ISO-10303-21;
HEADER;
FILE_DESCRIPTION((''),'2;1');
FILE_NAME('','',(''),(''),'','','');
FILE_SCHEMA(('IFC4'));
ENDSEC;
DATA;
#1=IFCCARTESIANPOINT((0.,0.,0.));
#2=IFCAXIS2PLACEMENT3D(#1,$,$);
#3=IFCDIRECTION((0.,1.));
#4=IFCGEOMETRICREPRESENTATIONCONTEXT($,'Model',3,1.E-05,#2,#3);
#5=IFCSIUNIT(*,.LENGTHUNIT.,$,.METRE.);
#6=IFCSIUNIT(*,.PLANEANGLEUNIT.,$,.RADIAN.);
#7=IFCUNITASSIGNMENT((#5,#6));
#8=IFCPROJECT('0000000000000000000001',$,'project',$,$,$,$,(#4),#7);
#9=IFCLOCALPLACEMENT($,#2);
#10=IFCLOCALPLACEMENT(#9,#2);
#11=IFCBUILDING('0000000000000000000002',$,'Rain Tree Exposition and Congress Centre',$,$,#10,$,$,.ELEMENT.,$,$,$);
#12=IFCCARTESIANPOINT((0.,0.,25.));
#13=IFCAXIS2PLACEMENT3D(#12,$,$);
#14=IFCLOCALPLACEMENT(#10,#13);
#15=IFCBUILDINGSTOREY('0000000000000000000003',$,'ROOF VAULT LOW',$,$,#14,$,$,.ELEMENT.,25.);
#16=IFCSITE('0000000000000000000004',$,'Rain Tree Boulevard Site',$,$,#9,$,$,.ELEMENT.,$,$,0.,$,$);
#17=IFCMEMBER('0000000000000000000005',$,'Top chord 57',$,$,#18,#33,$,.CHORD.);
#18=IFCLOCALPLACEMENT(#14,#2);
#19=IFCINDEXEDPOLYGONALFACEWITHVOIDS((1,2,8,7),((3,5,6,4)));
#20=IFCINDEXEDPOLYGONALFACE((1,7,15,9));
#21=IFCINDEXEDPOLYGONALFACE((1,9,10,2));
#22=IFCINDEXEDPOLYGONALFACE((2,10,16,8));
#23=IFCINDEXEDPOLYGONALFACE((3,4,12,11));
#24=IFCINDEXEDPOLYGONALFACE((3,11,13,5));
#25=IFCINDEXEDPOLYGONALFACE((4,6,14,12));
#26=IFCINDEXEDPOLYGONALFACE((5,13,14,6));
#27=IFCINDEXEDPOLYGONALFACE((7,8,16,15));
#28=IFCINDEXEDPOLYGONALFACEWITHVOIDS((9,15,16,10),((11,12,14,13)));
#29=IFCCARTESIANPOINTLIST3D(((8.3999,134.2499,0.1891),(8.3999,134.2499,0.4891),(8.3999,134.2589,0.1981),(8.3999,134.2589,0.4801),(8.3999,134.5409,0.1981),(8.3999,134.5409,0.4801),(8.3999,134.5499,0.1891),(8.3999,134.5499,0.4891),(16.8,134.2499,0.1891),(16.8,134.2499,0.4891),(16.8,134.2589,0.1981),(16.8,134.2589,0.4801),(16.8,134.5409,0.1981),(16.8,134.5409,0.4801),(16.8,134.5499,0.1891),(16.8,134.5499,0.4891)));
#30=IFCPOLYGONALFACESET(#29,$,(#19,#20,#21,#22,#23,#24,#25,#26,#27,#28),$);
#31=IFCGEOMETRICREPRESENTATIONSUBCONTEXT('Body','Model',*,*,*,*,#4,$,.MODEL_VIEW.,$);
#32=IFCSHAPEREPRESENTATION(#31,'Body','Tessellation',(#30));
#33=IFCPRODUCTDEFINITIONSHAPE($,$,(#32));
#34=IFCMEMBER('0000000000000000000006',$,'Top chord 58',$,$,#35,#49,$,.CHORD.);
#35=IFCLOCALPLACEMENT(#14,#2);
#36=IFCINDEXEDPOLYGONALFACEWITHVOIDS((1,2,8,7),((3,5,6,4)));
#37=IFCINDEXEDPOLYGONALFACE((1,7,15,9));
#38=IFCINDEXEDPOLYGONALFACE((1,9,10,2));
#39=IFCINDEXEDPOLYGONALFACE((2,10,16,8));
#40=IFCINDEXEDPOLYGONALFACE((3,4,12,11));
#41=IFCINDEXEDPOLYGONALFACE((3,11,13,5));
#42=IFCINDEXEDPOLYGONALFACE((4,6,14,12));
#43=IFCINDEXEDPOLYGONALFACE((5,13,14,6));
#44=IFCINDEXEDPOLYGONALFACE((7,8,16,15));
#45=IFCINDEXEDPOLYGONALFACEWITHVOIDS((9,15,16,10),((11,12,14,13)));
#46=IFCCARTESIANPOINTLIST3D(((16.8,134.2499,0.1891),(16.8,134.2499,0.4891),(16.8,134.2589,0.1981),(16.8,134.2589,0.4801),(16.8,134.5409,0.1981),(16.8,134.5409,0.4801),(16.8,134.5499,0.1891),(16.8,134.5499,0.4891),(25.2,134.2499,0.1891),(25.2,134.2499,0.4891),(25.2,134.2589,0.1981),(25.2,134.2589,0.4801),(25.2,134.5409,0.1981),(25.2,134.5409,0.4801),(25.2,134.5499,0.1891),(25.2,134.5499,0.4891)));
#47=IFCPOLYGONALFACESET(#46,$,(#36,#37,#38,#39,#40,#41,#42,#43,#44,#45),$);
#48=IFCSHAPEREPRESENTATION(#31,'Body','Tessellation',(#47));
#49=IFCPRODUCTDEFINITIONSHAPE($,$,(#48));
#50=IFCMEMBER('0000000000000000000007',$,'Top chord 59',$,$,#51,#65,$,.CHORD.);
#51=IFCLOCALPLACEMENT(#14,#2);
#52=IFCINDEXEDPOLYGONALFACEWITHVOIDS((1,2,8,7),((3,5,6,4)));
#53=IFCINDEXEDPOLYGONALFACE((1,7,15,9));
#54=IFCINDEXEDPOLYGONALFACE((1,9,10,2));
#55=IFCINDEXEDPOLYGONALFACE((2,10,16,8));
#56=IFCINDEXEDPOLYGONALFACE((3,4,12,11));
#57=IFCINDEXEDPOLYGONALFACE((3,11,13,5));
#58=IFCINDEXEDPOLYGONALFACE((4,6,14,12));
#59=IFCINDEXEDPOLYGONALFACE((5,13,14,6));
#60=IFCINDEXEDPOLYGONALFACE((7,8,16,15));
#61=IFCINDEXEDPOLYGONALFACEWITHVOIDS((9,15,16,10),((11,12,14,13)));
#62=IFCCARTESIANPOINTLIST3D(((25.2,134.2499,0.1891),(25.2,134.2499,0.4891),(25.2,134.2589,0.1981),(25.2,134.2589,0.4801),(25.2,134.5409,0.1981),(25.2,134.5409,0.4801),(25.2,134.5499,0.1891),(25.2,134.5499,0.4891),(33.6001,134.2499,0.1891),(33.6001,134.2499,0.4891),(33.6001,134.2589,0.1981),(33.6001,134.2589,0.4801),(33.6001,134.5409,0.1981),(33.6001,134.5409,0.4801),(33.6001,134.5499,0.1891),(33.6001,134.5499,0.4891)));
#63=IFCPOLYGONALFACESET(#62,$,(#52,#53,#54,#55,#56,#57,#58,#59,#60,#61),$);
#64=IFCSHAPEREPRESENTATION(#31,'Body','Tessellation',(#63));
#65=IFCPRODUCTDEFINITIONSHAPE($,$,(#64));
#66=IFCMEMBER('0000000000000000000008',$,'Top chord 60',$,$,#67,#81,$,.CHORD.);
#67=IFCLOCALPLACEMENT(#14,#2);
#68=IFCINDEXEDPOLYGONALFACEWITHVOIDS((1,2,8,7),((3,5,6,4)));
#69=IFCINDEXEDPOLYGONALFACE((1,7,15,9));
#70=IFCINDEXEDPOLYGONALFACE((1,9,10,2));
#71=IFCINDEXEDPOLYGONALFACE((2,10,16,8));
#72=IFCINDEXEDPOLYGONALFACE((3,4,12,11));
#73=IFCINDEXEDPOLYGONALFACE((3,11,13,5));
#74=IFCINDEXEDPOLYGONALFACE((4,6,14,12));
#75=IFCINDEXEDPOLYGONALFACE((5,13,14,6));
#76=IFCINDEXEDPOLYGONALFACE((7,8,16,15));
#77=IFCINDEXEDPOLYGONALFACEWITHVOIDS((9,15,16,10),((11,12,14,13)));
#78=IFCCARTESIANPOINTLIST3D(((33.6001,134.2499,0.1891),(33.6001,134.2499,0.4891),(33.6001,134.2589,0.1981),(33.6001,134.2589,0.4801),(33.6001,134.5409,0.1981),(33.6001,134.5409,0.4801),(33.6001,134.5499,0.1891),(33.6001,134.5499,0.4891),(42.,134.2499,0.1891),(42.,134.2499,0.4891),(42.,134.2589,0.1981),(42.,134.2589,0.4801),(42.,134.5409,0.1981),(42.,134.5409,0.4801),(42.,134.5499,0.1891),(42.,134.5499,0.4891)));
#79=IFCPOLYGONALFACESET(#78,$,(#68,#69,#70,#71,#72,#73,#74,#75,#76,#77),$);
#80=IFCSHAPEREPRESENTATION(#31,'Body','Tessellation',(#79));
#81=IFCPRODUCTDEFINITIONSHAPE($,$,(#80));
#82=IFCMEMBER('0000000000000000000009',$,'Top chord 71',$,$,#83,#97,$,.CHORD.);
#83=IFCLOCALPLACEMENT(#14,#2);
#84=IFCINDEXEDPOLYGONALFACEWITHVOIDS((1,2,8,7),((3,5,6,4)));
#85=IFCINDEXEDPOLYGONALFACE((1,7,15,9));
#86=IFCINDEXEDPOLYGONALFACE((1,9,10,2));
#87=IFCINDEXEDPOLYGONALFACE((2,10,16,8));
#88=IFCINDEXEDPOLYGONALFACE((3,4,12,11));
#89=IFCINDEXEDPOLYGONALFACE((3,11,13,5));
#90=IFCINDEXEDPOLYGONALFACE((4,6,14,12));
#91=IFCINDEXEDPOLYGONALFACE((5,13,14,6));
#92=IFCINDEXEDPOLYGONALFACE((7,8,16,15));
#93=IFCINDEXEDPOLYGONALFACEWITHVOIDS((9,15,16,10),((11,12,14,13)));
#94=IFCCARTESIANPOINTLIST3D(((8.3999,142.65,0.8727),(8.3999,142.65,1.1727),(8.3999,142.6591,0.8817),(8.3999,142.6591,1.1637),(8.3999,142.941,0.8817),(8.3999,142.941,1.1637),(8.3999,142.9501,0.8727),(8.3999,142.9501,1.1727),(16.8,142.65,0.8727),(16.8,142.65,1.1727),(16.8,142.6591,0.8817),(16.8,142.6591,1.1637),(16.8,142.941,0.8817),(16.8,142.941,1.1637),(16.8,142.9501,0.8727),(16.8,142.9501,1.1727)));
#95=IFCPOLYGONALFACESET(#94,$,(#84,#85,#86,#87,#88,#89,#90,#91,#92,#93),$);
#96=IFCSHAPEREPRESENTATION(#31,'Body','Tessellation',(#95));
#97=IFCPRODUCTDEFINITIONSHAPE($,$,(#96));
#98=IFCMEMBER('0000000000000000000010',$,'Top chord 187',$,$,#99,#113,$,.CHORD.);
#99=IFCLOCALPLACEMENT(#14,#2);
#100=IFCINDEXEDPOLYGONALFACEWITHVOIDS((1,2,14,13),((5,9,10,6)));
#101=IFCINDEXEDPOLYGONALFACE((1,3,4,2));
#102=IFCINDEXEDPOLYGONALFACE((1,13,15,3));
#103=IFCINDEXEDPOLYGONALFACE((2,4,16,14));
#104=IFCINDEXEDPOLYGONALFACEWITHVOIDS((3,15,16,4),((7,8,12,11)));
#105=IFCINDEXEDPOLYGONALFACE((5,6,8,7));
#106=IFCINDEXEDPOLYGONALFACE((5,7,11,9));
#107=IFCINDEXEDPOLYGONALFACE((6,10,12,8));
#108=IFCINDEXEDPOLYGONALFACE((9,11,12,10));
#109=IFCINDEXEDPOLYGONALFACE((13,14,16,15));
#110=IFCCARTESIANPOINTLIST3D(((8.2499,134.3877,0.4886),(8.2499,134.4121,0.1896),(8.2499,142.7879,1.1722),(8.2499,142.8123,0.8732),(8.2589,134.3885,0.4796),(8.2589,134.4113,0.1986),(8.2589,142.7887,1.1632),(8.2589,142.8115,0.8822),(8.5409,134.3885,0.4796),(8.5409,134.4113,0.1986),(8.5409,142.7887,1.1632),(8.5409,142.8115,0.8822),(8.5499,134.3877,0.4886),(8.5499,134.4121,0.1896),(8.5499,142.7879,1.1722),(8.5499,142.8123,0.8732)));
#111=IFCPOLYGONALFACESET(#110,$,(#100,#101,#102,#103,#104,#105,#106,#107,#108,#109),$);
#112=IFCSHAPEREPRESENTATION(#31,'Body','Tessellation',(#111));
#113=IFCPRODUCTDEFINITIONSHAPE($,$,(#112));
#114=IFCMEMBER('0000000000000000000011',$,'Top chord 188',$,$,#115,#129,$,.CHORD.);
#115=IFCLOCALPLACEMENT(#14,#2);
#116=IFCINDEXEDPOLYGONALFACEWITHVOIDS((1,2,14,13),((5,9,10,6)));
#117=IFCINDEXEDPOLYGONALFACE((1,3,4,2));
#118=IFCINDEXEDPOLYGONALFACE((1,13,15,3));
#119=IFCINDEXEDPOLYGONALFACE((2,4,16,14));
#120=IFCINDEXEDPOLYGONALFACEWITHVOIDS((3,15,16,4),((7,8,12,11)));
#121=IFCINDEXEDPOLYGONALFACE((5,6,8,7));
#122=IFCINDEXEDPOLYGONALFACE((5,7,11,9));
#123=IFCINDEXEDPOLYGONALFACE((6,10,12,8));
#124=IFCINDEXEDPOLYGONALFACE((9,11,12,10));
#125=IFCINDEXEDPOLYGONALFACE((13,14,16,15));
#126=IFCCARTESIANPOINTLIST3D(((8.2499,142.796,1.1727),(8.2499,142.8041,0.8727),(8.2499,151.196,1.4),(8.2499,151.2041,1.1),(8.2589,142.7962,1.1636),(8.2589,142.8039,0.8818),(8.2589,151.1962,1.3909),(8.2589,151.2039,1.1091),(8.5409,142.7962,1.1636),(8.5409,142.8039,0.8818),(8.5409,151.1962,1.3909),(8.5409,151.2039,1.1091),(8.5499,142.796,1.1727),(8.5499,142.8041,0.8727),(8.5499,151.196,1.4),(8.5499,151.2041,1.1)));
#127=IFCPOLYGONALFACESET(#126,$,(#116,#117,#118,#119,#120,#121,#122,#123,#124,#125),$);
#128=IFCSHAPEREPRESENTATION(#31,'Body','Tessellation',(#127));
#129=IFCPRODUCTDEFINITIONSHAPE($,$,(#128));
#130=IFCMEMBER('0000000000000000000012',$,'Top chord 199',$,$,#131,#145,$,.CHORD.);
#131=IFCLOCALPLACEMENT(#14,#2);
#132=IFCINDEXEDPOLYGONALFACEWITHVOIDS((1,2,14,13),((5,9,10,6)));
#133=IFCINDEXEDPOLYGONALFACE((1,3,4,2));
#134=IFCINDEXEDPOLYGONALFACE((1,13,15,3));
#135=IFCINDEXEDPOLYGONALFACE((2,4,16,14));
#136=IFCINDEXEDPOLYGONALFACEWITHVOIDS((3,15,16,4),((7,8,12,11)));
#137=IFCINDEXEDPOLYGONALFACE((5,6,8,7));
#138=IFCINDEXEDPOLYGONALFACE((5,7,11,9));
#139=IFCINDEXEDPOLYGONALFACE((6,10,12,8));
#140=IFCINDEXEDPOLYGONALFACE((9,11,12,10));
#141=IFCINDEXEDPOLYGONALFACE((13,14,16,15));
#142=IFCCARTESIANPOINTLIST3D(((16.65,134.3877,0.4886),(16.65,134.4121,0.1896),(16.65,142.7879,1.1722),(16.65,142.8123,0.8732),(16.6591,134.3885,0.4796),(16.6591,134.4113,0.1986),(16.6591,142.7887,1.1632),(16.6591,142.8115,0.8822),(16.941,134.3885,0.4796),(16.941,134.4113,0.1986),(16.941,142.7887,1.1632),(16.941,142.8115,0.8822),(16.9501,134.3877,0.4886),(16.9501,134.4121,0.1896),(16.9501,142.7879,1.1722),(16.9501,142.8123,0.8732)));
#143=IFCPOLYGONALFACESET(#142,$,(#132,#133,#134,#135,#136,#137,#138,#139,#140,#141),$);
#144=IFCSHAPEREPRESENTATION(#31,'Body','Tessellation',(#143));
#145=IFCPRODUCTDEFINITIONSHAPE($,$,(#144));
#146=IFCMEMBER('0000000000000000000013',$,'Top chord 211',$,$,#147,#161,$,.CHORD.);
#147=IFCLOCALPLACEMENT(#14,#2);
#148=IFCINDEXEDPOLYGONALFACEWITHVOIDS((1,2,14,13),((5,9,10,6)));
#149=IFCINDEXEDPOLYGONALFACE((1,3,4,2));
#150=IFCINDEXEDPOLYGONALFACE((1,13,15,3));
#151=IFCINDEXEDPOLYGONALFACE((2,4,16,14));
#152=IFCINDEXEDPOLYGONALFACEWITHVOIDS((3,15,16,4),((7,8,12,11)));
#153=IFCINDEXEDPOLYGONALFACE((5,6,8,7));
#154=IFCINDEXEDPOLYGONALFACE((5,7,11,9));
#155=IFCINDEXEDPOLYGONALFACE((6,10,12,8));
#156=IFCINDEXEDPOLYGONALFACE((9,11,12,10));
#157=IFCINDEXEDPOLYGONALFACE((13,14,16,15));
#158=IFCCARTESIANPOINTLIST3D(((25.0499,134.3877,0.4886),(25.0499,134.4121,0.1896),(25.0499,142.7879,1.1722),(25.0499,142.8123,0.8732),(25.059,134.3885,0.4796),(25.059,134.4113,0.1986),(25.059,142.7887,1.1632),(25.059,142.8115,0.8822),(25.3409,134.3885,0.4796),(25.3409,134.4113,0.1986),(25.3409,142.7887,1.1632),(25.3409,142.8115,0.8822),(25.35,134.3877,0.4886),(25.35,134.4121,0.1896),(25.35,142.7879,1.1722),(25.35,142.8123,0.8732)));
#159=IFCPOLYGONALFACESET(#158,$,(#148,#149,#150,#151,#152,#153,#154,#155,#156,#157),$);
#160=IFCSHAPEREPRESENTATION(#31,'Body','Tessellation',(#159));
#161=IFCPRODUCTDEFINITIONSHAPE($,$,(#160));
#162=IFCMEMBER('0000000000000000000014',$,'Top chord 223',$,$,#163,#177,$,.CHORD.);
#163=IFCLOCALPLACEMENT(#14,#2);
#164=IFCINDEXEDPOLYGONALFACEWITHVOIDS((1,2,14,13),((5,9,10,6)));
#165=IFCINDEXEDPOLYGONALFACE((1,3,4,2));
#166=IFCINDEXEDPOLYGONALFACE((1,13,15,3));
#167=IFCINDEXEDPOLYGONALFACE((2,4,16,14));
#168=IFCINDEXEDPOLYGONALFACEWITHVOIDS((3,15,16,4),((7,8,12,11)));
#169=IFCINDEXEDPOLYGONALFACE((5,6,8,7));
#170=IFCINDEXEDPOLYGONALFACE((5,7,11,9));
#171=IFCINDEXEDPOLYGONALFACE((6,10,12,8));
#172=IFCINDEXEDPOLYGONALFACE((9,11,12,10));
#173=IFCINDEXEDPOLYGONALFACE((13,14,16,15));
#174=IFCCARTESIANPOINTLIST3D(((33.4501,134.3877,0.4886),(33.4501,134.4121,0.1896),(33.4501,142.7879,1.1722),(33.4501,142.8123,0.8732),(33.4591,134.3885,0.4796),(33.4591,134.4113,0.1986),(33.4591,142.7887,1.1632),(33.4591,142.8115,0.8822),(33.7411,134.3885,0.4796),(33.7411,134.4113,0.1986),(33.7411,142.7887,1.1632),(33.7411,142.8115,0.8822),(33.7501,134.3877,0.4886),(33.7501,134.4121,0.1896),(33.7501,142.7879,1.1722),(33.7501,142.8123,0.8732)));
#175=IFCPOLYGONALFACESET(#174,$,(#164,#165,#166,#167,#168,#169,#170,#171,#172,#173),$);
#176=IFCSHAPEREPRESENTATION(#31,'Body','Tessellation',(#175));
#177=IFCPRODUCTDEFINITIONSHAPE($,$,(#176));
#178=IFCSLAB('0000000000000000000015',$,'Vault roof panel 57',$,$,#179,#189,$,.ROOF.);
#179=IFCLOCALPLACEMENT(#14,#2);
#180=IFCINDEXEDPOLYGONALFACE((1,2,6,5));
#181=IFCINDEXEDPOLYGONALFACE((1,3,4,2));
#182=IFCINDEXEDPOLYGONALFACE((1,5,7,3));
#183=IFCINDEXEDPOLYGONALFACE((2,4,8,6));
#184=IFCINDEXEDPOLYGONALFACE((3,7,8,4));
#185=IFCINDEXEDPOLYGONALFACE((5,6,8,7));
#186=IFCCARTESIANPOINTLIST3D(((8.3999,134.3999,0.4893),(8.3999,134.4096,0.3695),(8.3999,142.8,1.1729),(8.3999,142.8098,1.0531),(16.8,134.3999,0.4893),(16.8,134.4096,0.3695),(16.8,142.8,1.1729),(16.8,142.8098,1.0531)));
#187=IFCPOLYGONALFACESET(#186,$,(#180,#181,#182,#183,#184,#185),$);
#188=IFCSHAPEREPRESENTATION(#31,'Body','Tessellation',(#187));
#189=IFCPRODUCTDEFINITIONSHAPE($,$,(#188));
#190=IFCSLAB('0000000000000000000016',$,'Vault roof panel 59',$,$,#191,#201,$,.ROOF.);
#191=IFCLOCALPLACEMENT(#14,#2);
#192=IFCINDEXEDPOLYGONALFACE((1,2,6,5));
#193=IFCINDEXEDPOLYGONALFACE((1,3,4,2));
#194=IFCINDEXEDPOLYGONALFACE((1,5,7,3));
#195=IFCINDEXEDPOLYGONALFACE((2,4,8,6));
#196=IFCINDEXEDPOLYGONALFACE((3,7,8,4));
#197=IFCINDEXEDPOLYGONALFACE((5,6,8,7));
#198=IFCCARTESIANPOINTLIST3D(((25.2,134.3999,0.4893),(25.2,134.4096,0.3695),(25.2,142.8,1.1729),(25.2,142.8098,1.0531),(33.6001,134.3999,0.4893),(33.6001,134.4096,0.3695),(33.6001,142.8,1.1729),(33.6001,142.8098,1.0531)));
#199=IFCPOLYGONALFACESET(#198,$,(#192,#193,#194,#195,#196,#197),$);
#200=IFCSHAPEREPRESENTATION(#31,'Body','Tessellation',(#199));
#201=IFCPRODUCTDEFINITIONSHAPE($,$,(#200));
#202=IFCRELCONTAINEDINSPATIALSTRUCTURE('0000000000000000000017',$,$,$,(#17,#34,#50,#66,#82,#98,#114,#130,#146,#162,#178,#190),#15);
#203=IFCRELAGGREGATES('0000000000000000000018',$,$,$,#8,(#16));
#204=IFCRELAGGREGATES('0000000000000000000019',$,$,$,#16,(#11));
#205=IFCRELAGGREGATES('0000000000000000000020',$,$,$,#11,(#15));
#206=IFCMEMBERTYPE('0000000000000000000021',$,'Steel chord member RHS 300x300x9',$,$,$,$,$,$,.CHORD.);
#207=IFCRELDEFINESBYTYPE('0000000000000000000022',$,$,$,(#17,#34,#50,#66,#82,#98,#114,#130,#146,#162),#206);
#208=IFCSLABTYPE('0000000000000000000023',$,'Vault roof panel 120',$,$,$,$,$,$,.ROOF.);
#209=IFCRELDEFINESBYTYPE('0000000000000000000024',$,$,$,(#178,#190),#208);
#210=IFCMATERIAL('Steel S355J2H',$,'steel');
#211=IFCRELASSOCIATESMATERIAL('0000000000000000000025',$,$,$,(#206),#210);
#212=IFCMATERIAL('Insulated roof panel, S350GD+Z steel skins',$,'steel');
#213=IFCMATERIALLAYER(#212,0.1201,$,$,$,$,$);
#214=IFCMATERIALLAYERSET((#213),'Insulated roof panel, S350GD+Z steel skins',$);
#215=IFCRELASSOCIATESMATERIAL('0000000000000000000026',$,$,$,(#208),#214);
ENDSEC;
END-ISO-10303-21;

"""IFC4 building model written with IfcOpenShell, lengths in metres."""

from ifc_helpers import new_model, si_unit, direction, frame, origin, origin_2d, place, context, subcontext, project, spatial, polyline, hollow_rectangle, outline, extrude, material, layer, layer_set, material_profile, profile_set, type_object, element, save


model = new_model("IFC4")

# Units and contexts
model_context = context("Model", 3, precision=1e-05, world=origin(), true_north=direction((0.0, 1.0)))
body_context = subcontext(model_context, "Body", "Model", "MODEL_VIEW")
ifc_project = project(units=[si_unit("LENGTHUNIT", "METRE"), si_unit("PLANEANGLEUNIT", "RADIAN")], contexts=[model_context])

# Site, building, storey
site_placement = place(None, origin())
site = spatial("IfcSite", under=ifc_project, at=site_placement, Name="Rain Tree Boulevard Site", CompositionType="ELEMENT", RefElevation=0.0)
building_placement = place(site_placement, origin())
building = spatial("IfcBuilding", under=site, at=building_placement, Name="Rain Tree Exposition and Congress Centre", CompositionType="ELEMENT")
storey_placement = place(building_placement, frame((0.0, 0.0, 25.0)))
storey = spatial("IfcBuildingStorey", under=building, at=storey_placement, Name="ROOF VAULT LOW", CompositionType="ELEMENT", Elevation=25.0)

# Members
ifc_material_1 = material(Name="Steel S355J2H", Category="steel")
ifc_material_profile_1 = material_profile(ifc_material_1, hollow_rectangle(XDim=0.3, YDim=0.3, WallThickness=0.009, at=origin_2d()), Name="RHS 300x300x9")
ifc_profile_set_1 = profile_set([ifc_material_profile_1], Name="Steel S355J2H")
member_type = type_object("IfcMemberType", Name="Steel chord member RHS 300x300x9", PredefinedType="CHORD", material=ifc_profile_set_1)
member_1_placement = place(storey_placement, frame((8.3999, 134.3999, 0.3391), z_axis=(1.0, 0.0, 0.0), x_axis=(0.0, 1.0, 0.0)))
element("IfcMember", 1, at=member_1_placement, inside=storey, type_object=member_type, Name="Top chord 57", PredefinedType="CHORD", context=body_context, shape_type="SweptSolid", body=[
    extrude(hollow_rectangle(XDim=0.3, YDim=0.3, WallThickness=0.009, at=origin_2d()), origin(), (0.0, 0.0, 1.0), 8.4001),
])
member_2_placement = place(storey_placement, frame((16.8, 134.3999, 0.3391), z_axis=(1.0, 0.0, 0.0), x_axis=(0.0, 1.0, 0.0)))
element("IfcMember", 2, at=member_2_placement, inside=storey, type_object=member_type, Name="Top chord 58", PredefinedType="CHORD", context=body_context, shape_type="SweptSolid", body=[
    extrude(hollow_rectangle(XDim=0.3, YDim=0.3, WallThickness=0.009, at=origin_2d()), origin(), (0.0, 0.0, 1.0), 8.3999),
])
member_3_placement = place(storey_placement, frame((25.2, 134.3999, 0.3391), z_axis=(1.0, 0.0, 0.0), x_axis=(0.0, 1.0, 0.0)))
element("IfcMember", 3, at=member_3_placement, inside=storey, type_object=member_type, Name="Top chord 59", PredefinedType="CHORD", context=body_context, shape_type="SweptSolid", body=[
    extrude(hollow_rectangle(XDim=0.3, YDim=0.3, WallThickness=0.009, at=origin_2d()), origin(), (0.0, 0.0, 1.0), 8.4001),
])
member_4_placement = place(storey_placement, frame((33.6001, 134.3999, 0.3391), z_axis=(1.0, 0.0, 0.0), x_axis=(0.0, 1.0, 0.0)))
element("IfcMember", 4, at=member_4_placement, inside=storey, type_object=member_type, Name="Top chord 60", PredefinedType="CHORD", context=body_context, shape_type="SweptSolid", body=[
    extrude(hollow_rectangle(XDim=0.3, YDim=0.3, WallThickness=0.009, at=origin_2d()), origin(), (0.0, 0.0, 1.0), 8.3999),
])
member_5_placement = place(storey_placement, frame((8.3999, 142.8, 1.0227), z_axis=(1.0, 0.0, 0.0), x_axis=(0.0, 1.0, 0.0)))
element("IfcMember", 5, at=member_5_placement, inside=storey, type_object=member_type, Name="Top chord 71", PredefinedType="CHORD", context=body_context, shape_type="SweptSolid", body=[
    extrude(hollow_rectangle(XDim=0.3, YDim=0.3, WallThickness=0.009, at=origin_2d()), origin(), (0.0, 0.0, 1.0), 8.4001),
])
member_6_placement = place(storey_placement, frame((8.3999, 134.3999, 0.3391), z_axis=(0.0, 0.996705, 0.081111), x_axis=(-1.0, 0.0, 0.0)))
element("IfcMember", 6, at=member_6_placement, inside=storey, type_object=member_type, Name="Top chord 187", PredefinedType="CHORD", context=body_context, shape_type="SweptSolid", body=[
    extrude(hollow_rectangle(XDim=0.3, YDim=0.3, WallThickness=0.009, at=origin_2d()), origin(), (0.0, 0.0, 1.0), 8.428),
])
member_7_placement = place(storey_placement, frame((8.3999, 142.8, 1.0227), z_axis=(0.0, 0.999634, 0.027049), x_axis=(-1.0, 0.0, 0.0)))
element("IfcMember", 7, at=member_7_placement, inside=storey, type_object=member_type, Name="Top chord 188", PredefinedType="CHORD", context=body_context, shape_type="SweptSolid", body=[
    extrude(hollow_rectangle(XDim=0.3, YDim=0.3, WallThickness=0.009, at=origin_2d()), origin(), (0.0, 0.0, 1.0), 8.4031),
])
for number, where, z_axis, x_axis, name in (
    (8, (16.8, 134.3999, 0.3391), (0.0, 0.996705, 0.081111), (-1.0, 0.0, 0.0), "Top chord 199"),
    (9, (25.2, 134.3999, 0.3391), (0.0, 0.996705, 0.081111), (-1.0, 0.0, 0.0), "Top chord 211"),
    (10, (33.6001, 134.3999, 0.3391), (0.0, 0.996705, 0.081111), (-1.0, 0.0, 0.0), "Top chord 223"),
):
    element("IfcMember", number, at=place(storey_placement, frame(where, z_axis=z_axis, x_axis=x_axis)), inside=storey, type_object=member_type, Name=name, PredefinedType="CHORD", context=body_context, shape_type="SweptSolid", body=[
        extrude(hollow_rectangle(XDim=0.3, YDim=0.3, WallThickness=0.009, at=origin_2d()), origin(), (0.0, 0.0, 1.0), 8.428),
    ])

# Slabs
ifc_material_2 = material(Name="Insulated roof panel, S350GD+Z steel skins", Category="steel")
ifc_layer_1 = layer(ifc_material_2, 0.1201)
ifc_layer_set_1 = layer_set([ifc_layer_1], Name="Insulated roof panel, S350GD+Z steel skins")
slab_type_1 = type_object("IfcSlabType", Name="Vault roof panel 120", PredefinedType="ROOF", material=ifc_layer_set_1)
for number, where, z_axis, x_axis, name in (
    (11, (8.3999, 134.3999, 0.4893), (0.0, -0.081111, 0.996705), (1.0, 0.0, 0.0), "Vault roof panel 57"),
    (12, (25.2, 134.3999, 0.4893), (0.0, -0.081111, 0.996705), (1.0, 0.0, 0.0), "Vault roof panel 59"),
):
    element("IfcSlab", number, at=place(storey_placement, frame(where, z_axis=z_axis, x_axis=x_axis)), inside=storey, type_object=slab_type_1, Name=name, PredefinedType="ROOF", context=body_context, shape_type="SweptSolid", body=[
        extrude(outline(polyline([(0.0, 0.0), (8.4001, 0.0), (8.4001, 8.4279), (0.0, 8.4279), (0.0, 0.0)])), origin(), (0.0, 0.0, -1.0), 0.1201),
    ])

save(model, "model.ifc")
